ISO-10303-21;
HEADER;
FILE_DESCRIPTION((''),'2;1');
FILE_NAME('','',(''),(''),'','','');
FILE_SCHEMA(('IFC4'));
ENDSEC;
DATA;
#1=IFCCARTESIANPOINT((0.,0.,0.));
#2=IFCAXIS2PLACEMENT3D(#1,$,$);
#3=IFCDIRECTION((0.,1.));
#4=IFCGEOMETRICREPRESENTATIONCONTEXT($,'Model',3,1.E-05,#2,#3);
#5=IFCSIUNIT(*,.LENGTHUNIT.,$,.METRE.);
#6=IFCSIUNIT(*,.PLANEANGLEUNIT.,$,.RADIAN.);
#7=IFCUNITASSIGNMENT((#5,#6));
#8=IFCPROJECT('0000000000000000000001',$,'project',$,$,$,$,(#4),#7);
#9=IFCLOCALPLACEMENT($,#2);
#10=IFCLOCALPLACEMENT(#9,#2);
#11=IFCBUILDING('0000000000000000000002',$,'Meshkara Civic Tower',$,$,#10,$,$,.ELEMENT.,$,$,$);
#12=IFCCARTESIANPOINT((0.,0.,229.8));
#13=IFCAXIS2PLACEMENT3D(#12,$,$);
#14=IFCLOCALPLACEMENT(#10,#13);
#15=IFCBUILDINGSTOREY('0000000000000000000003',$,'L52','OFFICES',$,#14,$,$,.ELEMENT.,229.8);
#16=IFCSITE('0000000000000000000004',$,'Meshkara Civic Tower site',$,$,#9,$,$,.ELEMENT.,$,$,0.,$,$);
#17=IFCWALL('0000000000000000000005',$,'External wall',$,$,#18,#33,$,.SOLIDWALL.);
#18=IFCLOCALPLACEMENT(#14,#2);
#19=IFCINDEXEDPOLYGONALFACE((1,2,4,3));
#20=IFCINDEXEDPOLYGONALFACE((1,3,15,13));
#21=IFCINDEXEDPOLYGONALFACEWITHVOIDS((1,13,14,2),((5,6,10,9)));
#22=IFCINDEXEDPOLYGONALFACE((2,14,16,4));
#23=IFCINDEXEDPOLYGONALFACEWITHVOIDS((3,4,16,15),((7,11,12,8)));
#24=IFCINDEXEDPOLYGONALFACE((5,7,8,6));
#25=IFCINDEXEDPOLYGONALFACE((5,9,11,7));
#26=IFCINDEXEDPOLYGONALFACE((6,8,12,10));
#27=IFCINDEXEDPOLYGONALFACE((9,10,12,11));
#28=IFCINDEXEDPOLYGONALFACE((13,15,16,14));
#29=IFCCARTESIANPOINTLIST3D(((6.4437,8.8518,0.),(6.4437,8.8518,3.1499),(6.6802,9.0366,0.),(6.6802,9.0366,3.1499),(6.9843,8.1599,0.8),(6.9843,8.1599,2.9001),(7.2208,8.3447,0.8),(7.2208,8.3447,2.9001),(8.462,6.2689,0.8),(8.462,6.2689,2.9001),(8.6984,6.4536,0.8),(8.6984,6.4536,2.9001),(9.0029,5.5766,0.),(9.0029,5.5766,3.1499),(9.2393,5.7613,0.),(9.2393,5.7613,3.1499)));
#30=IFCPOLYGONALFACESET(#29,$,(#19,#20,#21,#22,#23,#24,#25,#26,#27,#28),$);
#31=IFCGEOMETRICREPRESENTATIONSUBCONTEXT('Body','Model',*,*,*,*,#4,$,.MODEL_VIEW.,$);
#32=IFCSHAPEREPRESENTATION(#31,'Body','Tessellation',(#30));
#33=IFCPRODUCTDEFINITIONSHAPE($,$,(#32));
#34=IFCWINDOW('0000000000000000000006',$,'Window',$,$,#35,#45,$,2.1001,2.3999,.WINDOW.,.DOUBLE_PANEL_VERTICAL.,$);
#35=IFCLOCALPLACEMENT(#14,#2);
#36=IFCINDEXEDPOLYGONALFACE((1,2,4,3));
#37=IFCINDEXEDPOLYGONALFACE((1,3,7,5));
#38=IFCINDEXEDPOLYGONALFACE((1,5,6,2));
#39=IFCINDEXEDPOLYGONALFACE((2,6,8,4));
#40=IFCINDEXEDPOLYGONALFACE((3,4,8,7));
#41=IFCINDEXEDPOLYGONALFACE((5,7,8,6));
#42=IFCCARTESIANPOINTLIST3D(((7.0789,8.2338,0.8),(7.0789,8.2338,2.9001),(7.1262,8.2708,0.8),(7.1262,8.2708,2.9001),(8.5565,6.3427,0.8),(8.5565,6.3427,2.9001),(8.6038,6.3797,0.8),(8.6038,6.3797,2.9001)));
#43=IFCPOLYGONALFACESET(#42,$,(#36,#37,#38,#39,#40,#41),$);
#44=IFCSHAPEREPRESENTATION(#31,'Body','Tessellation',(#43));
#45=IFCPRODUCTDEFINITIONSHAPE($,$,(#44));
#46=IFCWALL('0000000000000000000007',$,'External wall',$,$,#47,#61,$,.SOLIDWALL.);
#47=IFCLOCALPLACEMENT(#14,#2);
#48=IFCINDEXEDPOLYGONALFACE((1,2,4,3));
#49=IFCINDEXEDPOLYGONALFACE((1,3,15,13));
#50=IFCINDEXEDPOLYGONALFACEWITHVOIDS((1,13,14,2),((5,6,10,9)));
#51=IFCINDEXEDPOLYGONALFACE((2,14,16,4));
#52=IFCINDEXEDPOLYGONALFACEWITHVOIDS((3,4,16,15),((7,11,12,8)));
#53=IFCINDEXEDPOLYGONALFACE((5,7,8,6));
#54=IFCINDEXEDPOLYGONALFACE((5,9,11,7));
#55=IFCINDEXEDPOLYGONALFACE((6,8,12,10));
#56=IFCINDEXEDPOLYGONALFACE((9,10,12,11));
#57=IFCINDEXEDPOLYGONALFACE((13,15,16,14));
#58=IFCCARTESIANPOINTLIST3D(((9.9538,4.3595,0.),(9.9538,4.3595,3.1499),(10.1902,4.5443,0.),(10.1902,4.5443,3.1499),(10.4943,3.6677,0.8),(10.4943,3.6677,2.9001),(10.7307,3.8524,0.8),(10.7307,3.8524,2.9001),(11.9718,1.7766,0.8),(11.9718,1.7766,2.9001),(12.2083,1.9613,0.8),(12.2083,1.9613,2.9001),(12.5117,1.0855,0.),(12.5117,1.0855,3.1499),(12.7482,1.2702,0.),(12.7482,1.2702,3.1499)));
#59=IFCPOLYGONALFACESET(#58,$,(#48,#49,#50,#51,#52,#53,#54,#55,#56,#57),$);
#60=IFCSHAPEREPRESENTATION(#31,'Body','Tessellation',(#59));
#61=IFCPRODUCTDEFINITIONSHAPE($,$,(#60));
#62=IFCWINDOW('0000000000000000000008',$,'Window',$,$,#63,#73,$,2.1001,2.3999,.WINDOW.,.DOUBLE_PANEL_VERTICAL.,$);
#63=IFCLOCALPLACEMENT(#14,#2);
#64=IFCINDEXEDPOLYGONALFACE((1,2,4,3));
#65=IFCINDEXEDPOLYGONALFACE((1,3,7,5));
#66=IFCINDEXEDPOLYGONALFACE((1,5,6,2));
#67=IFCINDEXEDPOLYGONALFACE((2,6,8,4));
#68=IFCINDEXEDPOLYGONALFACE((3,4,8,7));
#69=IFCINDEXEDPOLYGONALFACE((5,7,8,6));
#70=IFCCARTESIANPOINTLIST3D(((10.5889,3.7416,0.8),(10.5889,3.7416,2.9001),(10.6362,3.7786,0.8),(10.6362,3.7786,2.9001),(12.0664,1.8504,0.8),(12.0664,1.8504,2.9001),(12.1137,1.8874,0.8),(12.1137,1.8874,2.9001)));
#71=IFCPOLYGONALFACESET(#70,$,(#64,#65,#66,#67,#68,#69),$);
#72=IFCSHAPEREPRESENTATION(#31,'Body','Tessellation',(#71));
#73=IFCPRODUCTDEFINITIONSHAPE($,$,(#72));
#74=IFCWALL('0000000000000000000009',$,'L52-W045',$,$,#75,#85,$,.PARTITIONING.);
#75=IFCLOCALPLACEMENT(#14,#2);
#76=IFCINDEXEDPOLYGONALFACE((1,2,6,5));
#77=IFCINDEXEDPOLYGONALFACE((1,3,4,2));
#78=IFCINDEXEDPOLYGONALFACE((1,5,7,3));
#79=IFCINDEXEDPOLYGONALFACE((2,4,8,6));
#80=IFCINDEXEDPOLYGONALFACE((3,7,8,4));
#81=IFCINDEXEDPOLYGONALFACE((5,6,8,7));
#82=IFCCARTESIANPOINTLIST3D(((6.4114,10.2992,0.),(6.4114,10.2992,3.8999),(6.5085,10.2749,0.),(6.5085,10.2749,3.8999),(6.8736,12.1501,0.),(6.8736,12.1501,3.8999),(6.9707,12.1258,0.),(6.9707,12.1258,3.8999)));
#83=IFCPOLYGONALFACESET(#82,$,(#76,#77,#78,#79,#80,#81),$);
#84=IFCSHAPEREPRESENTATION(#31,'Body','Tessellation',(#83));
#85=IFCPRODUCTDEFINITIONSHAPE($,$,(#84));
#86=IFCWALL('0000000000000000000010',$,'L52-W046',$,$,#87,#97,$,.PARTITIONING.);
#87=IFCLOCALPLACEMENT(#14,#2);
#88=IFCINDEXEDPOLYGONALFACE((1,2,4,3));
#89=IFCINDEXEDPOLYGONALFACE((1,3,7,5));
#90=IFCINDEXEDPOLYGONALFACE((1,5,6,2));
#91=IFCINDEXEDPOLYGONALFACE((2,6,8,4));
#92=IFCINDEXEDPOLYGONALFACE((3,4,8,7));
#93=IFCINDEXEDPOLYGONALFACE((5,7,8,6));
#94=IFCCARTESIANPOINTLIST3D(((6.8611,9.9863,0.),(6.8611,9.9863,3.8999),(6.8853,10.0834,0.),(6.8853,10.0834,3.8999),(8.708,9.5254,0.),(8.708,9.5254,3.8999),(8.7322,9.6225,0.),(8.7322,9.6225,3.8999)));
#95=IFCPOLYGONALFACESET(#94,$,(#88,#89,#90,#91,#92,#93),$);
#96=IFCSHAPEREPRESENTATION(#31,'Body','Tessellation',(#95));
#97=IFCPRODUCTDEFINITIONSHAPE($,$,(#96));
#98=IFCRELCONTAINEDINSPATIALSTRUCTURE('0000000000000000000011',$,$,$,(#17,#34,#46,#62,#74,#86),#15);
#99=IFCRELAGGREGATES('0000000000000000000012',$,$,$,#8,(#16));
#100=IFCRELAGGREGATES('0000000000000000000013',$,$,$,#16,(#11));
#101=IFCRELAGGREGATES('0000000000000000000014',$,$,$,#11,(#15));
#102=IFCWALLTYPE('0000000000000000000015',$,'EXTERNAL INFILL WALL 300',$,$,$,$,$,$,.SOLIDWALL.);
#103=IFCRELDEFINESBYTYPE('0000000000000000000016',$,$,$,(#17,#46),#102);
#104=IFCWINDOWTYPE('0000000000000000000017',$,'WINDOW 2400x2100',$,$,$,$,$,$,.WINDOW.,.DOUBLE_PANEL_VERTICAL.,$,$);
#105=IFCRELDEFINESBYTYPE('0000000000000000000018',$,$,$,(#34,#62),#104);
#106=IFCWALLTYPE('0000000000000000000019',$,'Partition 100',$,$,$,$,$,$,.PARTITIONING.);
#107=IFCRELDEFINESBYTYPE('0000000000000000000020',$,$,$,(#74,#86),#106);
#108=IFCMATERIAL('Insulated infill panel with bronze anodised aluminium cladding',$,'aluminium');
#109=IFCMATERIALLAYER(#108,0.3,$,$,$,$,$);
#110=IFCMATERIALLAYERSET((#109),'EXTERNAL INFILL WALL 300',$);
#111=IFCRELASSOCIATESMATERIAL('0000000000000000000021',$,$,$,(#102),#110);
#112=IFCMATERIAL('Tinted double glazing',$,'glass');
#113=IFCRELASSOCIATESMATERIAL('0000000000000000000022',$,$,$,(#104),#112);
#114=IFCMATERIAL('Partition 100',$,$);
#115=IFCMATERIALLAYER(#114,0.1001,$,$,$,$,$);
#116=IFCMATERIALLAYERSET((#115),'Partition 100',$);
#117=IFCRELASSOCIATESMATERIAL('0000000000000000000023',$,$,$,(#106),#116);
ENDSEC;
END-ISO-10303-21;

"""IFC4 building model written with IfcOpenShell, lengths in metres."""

from ifc_helpers import new_model, si_unit, direction, frame, frame_2d, origin, place, context, subcontext, project, spatial, rectangle, extrude, material, layer, layer_set, type_object, element, fill, save


model = new_model("IFC4")

# Units and contexts
model_context = context("Model", 3, precision=1e-05, world=origin(), true_north=direction((0.0, 1.0)))
body_context = subcontext(model_context, "Body", "Model", "MODEL_VIEW")
ifc_project = project(units=[si_unit("LENGTHUNIT", "METRE"), si_unit("PLANEANGLEUNIT", "RADIAN")], contexts=[model_context])

# Site, building, storey
site_placement = place(None, origin())
site = spatial("IfcSite", under=ifc_project, at=site_placement, Name="Meshkara Civic Tower site", CompositionType="ELEMENT", RefElevation=0.0)
building_placement = place(site_placement, origin())
building = spatial("IfcBuilding", under=site, at=building_placement, Name="Meshkara Civic Tower", CompositionType="ELEMENT")
storey_placement = place(building_placement, frame((0.0, 0.0, 229.8)))
storey = spatial("IfcBuildingStorey", under=building, at=storey_placement, Name="L52", Description="OFFICES", CompositionType="ELEMENT", Elevation=229.8)

# Walls, openings, windows
ifc_material_1 = material(Name="Insulated infill panel with bronze anodised aluminium cladding", Category="aluminium")
ifc_layer_1 = layer(ifc_material_1, 0.3)
ifc_layer_set_1 = layer_set([ifc_layer_1], Name="EXTERNAL INFILL WALL 300")
wall_type_1 = type_object("IfcWallType", Name="EXTERNAL INFILL WALL 300", PredefinedType="SOLIDWALL", material=ifc_layer_set_1)
wall_1_placement = place(storey_placement, frame((6.562, 8.9441, 0.0), z_axis=(0.0, 0.0, 1.0), x_axis=(0.6157, -0.787981, 0.0)))
wall_1 = element("IfcWall", 1, at=wall_1_placement, inside=storey, type_object=wall_type_1, Name="External wall", PredefinedType="SOLIDWALL", context=body_context, shape_type="SweptSolid", body=[
    extrude(rectangle(XDim=4.1565, YDim=0.3, at=frame_2d((2.0781, 0.0))), origin(), (0.0, 0.0, 1.0), 3.1499),
])
opening_1_placement = place(wall_1_placement, frame((0.8779, 0.0, 0.8)))
opening_1 = element("IfcOpeningElement", 2, at=opening_1_placement, cuts=wall_1, PredefinedType="OPENING", context=body_context, shape_type="SweptSolid", body=[
    extrude(rectangle(XDim=2.3999, YDim=2.1001, at=frame_2d((1.2, 1.05))), frame((0.0, 0.1599, 0.0), z_axis=(0.0, -1.0, 0.0), x_axis=(1.0, 0.0, 0.0)), (0.0, 0.0, 1.0), 0.3201),
])
ifc_material_2 = material(Name="Tinted double glazing", Category="glass")
window_type = type_object("IfcWindowType", Name="WINDOW 2400x2100", PartitioningType="DOUBLE_PANEL_VERTICAL", PredefinedType="WINDOW", material=ifc_material_2)
window_1_placement = place(opening_1_placement, origin())
window_1 = element("IfcWindow", 3, at=window_1_placement, inside=storey, type_object=window_type, Name="Window", OverallHeight=2.1001, OverallWidth=2.3999, PartitioningType="DOUBLE_PANEL_VERTICAL", PredefinedType="WINDOW", context=body_context, shape_type="SweptSolid", body=[
    extrude(rectangle(XDim=2.3999, YDim=2.1001, at=frame_2d((1.2, 1.05))), frame((0.0, 0.03, 0.0), z_axis=(0.0, -1.0, 0.0), x_axis=(1.0, 0.0, 0.0)), (0.0, 0.0, 1.0), 0.0601),
])
fill(opening_1, window_1)
wall_2_placement = place(storey_placement, frame((10.072, 4.4519, 0.0), z_axis=(0.0, 0.0, 1.0), x_axis=(0.61566, -0.788012, 0.0)))
wall_2 = element("IfcWall", 4, at=wall_2_placement, inside=storey, type_object=wall_type_1, Name="External wall", PredefinedType="SOLIDWALL", context=body_context, shape_type="SweptSolid", body=[
    extrude(rectangle(XDim=4.1548, YDim=0.3, at=frame_2d((2.0774, 0.0))), origin(), (0.0, 0.0, 1.0), 3.1499),
])
opening_2_placement = place(wall_2_placement, frame((0.8779, 0.0, 0.8)))
opening_2 = element("IfcOpeningElement", 5, at=opening_2_placement, cuts=wall_2, PredefinedType="OPENING", context=body_context, shape_type="SweptSolid", body=[
    extrude(rectangle(XDim=2.3999, YDim=2.1001, at=frame_2d((1.2, 1.05))), frame((0.0, 0.1599, 0.0), z_axis=(0.0, -1.0, 0.0), x_axis=(1.0, 0.0, 0.0)), (0.0, 0.0, 1.0), 0.3201),
])
window_2_placement = place(opening_2_placement, origin())
window_2 = element("IfcWindow", 6, at=window_2_placement, inside=storey, type_object=window_type, Name="Window", OverallHeight=2.1001, OverallWidth=2.3999, PartitioningType="DOUBLE_PANEL_VERTICAL", PredefinedType="WINDOW", context=body_context, shape_type="SweptSolid", body=[
    extrude(rectangle(XDim=2.3999, YDim=2.1001, at=frame_2d((1.2, 1.05))), frame((0.0, 0.03, 0.0), z_axis=(0.0, -1.0, 0.0), x_axis=(1.0, 0.0, 0.0)), (0.0, 0.0, 1.0), 0.0601),
])
fill(opening_2, window_2)

# Walls
ifc_material_3 = material(Name="Partition 100")
ifc_layer_2 = layer(ifc_material_3, 0.1001)
ifc_layer_set_2 = layer_set([ifc_layer_2], Name="Partition 100")
wall_type_2 = type_object("IfcWallType", Name="Partition 100", PredefinedType="PARTITIONING", material=ifc_layer_set_2)
wall_3_placement = place(storey_placement, frame((6.9221, 12.1379, 0.0), z_axis=(0.0, 0.0, 1.0), x_axis=(-0.242265, -0.97021, 0.0)))
element("IfcWall", 7, at=wall_3_placement, inside=storey, type_object=wall_type_2, Name="L52-W045", PredefinedType="PARTITIONING", context=body_context, shape_type="SweptSolid", body=[
    extrude(rectangle(XDim=1.9077, YDim=0.1001, at=frame_2d((0.9539, 0.0))), origin(), (0.0, 0.0, 1.0), 3.8999),
])
wall_4_placement = place(storey_placement, frame((8.72, 9.574, 0.0), z_axis=(0.0, 0.0, 1.0), x_axis=(-0.97024, 0.242143, 0.0)))
element("IfcWall", 8, at=wall_4_placement, inside=storey, type_object=wall_type_2, Name="L52-W046", PredefinedType="PARTITIONING", context=body_context, shape_type="SweptSolid", body=[
    extrude(rectangle(XDim=1.9036, YDim=0.1001, at=frame_2d((0.9517, 0.0))), origin(), (0.0, 0.0, 1.0), 3.8999),
])

save(model, "model.ifc")
